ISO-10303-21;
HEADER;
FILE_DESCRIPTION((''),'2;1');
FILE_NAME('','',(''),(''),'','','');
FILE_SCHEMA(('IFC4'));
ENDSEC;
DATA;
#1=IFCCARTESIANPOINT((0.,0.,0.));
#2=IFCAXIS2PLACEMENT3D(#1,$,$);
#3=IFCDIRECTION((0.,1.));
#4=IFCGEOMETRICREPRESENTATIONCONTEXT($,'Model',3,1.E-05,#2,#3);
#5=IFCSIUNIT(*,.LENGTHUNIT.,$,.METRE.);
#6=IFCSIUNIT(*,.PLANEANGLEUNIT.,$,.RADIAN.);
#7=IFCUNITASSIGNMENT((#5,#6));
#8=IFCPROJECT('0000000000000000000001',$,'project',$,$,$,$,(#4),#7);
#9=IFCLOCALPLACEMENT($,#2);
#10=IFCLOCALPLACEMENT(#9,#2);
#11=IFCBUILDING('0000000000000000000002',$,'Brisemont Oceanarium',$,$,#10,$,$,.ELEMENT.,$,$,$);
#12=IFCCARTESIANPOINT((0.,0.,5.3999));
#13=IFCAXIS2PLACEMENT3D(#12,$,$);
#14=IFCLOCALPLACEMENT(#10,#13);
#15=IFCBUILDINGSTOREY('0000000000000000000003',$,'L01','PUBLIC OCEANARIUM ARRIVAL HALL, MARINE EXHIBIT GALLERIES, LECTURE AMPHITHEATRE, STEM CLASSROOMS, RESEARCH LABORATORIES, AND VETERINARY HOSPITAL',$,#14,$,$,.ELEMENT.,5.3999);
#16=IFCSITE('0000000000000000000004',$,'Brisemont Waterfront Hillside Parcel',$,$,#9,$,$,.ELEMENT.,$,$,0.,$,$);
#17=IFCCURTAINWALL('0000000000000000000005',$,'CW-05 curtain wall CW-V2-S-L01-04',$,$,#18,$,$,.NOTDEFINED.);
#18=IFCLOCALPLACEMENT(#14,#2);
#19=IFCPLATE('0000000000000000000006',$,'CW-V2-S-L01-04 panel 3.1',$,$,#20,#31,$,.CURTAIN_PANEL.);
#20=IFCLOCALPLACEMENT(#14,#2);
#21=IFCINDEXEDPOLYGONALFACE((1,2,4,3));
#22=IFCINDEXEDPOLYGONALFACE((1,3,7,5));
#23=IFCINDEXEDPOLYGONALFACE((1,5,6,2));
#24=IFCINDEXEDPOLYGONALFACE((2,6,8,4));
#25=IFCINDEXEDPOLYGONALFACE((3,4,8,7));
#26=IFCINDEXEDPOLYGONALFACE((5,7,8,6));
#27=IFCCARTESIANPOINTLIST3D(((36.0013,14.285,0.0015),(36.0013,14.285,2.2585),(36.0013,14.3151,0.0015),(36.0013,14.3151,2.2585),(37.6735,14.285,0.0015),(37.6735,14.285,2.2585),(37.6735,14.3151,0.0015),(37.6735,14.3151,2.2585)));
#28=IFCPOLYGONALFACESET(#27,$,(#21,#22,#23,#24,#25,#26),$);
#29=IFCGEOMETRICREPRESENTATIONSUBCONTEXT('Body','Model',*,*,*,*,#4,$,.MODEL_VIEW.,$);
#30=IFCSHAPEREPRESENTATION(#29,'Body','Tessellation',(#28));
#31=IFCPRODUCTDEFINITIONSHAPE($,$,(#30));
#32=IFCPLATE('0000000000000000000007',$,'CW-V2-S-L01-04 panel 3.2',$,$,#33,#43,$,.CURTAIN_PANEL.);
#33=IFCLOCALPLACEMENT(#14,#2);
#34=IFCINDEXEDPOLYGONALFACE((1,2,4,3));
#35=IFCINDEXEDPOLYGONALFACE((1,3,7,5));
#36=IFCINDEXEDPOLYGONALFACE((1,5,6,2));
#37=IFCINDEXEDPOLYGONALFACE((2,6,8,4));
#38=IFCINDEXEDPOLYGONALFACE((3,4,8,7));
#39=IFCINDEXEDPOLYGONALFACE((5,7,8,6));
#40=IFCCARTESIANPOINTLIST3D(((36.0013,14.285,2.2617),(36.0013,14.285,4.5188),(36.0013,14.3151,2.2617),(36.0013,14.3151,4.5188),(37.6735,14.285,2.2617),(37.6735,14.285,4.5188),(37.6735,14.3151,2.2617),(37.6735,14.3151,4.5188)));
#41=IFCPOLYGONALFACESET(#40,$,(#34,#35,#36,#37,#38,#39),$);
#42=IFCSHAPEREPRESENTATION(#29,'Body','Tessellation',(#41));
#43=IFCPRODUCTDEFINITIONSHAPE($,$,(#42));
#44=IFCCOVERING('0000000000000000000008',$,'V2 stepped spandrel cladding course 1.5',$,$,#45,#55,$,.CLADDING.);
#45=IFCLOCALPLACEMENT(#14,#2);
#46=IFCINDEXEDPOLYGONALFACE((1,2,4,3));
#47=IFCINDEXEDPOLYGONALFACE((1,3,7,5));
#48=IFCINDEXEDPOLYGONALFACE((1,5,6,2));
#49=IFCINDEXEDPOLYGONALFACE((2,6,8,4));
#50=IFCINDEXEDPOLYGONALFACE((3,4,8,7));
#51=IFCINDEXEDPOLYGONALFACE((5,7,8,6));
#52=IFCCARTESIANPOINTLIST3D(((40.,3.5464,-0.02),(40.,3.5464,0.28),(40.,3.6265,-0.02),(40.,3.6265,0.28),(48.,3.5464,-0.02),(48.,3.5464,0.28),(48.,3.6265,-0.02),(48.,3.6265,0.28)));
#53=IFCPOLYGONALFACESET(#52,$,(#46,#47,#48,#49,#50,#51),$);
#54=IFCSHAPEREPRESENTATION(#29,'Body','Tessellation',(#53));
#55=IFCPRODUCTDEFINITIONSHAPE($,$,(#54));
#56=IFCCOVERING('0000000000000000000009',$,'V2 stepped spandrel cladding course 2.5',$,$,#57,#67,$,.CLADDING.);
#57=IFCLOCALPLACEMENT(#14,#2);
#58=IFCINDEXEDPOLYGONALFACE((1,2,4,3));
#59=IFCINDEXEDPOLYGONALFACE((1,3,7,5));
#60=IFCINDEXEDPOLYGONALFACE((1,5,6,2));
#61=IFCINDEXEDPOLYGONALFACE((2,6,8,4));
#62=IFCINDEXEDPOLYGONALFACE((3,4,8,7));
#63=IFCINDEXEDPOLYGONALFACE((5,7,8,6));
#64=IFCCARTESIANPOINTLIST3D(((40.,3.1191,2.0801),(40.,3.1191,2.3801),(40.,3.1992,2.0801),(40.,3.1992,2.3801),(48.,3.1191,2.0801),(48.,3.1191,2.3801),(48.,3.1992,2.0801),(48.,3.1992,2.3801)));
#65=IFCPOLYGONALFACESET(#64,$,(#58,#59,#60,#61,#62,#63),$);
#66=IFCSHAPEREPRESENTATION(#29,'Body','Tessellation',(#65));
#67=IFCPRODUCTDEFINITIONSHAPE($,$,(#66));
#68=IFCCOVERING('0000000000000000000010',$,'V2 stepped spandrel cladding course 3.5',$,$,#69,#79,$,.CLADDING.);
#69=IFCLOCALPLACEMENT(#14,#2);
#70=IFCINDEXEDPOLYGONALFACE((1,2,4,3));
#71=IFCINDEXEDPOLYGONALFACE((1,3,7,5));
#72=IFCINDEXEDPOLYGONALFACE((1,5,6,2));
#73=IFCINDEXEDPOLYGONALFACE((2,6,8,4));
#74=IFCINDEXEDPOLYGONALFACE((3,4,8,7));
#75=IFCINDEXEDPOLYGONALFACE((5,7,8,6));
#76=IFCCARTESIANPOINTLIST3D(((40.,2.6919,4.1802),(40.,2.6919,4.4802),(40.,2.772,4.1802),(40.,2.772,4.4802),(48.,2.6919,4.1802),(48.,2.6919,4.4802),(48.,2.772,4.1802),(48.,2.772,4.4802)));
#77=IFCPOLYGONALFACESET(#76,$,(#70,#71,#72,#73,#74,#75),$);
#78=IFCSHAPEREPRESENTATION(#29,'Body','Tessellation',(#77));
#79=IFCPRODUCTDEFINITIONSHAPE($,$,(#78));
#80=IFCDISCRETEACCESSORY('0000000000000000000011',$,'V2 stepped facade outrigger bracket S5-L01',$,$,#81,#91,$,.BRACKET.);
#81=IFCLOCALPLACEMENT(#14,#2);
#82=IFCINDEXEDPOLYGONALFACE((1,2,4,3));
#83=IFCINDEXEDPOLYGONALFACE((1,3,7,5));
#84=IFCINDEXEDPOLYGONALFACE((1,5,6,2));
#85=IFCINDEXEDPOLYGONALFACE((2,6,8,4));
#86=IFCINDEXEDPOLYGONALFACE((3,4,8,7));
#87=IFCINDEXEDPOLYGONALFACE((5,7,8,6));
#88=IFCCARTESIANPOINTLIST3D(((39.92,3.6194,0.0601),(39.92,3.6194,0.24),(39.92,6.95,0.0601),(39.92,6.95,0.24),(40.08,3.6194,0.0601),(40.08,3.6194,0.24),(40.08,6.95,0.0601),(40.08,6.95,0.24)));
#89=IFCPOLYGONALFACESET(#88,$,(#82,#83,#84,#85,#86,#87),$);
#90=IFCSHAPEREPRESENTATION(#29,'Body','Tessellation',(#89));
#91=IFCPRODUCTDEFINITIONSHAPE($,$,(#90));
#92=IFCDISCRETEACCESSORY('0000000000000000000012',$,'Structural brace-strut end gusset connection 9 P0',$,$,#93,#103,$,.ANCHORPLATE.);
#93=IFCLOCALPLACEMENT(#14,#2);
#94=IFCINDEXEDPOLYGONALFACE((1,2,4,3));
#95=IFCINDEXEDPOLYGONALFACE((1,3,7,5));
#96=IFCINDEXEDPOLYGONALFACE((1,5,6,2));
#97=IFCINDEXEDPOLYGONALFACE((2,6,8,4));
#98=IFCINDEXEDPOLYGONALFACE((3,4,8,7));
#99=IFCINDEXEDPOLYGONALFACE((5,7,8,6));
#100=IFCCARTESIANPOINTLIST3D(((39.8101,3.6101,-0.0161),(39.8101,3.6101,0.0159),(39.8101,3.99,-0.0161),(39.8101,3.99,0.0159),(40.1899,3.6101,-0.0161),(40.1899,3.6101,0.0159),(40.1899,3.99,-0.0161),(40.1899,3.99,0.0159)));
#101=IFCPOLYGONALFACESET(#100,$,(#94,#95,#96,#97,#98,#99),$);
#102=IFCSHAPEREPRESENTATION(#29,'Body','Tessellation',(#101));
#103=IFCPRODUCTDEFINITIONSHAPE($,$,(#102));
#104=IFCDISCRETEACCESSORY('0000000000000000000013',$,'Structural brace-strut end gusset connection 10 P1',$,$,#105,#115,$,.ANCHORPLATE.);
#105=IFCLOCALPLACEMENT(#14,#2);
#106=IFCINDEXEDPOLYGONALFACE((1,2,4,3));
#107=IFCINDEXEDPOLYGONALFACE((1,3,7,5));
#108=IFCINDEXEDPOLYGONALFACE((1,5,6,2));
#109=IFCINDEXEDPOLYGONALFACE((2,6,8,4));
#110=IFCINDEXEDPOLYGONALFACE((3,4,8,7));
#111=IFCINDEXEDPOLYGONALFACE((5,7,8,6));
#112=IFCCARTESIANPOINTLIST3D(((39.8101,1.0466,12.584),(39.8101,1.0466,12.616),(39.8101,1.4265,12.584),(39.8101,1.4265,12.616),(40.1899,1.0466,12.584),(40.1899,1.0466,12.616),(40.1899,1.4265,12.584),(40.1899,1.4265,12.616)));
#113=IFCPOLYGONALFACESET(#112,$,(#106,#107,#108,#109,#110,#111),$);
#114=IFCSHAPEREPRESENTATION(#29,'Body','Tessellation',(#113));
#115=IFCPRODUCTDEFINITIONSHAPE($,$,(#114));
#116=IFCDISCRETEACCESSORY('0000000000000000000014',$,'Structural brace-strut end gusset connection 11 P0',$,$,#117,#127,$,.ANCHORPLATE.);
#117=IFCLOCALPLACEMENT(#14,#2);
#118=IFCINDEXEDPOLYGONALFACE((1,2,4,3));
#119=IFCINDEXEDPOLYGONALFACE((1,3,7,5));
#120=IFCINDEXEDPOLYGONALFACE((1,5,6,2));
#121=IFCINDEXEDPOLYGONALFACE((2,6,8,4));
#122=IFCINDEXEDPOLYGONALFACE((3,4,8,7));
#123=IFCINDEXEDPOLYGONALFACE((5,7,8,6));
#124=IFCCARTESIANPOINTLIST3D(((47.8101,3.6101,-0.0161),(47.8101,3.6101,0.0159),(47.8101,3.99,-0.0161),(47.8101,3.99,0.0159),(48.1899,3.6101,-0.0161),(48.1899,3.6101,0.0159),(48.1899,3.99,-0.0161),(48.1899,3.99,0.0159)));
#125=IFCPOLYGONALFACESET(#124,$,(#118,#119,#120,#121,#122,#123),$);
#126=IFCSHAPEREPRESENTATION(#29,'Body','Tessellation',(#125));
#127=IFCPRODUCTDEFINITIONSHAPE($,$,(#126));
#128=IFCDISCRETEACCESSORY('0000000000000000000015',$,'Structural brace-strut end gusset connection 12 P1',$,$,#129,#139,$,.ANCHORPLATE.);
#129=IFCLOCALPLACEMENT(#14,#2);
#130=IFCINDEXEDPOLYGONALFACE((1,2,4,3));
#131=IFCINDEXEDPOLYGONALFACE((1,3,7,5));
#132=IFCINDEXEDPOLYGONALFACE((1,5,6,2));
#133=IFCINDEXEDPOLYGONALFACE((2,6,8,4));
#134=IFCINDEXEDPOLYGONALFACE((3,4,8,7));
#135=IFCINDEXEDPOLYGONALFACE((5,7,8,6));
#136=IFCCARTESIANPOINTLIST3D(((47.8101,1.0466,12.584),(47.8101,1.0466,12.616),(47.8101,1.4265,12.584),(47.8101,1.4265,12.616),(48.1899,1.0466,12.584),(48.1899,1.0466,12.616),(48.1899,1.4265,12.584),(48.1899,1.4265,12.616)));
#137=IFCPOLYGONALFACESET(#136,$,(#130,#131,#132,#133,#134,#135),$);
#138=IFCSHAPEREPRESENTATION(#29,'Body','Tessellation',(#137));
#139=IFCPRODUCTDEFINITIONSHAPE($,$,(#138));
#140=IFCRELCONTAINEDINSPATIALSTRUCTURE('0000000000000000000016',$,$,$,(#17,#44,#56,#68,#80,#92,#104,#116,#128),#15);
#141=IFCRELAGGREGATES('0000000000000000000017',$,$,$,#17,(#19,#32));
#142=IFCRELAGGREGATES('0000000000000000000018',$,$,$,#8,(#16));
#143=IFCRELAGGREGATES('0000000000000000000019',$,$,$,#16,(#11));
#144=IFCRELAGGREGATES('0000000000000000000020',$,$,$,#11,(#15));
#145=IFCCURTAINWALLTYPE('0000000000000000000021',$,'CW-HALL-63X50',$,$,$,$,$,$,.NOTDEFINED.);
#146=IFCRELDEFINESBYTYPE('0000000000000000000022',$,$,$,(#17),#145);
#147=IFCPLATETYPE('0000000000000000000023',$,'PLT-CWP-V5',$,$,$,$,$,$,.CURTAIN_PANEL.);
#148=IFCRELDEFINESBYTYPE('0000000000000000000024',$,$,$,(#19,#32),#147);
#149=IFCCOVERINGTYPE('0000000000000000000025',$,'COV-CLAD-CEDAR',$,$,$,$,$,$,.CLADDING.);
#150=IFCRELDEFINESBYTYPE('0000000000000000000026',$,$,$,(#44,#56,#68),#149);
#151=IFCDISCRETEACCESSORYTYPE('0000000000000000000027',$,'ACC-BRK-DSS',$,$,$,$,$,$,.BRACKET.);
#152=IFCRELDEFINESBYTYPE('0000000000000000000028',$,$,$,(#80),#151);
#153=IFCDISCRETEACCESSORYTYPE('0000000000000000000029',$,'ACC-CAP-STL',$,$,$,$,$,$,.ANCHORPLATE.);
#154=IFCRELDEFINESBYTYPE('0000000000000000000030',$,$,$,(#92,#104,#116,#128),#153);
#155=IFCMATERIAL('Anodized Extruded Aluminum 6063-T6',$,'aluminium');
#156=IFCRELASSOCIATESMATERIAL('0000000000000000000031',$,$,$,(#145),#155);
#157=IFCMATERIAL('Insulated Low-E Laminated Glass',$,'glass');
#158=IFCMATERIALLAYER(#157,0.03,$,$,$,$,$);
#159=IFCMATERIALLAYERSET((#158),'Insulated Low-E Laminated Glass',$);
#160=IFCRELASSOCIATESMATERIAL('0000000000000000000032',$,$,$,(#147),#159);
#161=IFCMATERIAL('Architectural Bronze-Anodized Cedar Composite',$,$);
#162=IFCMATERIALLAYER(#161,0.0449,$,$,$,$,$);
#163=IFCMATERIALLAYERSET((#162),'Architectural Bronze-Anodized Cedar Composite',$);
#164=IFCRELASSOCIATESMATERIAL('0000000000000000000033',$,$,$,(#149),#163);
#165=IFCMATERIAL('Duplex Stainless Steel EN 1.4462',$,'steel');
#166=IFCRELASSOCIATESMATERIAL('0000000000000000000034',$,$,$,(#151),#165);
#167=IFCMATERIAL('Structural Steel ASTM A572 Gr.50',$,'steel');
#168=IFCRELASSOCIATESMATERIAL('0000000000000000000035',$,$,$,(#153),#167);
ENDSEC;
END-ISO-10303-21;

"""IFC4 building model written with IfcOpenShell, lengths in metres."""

from ifc_helpers import new_model, si_unit, direction, frame, origin, origin_2d, place, context, subcontext, project, spatial, rectangle, extrude, material, layer, layer_set, type_object, element, aggregate, save


model = new_model("IFC4")

# Units and contexts
model_context = context("Model", 3, precision=1e-05, world=origin(), true_north=direction((0.0, 1.0)))
body_context = subcontext(model_context, "Body", "Model", "MODEL_VIEW")
ifc_project = project(units=[si_unit("LENGTHUNIT", "METRE"), si_unit("PLANEANGLEUNIT", "RADIAN")], contexts=[model_context])

# Site, building, storey
site_placement = place(None, origin())
site = spatial("IfcSite", under=ifc_project, at=site_placement, Name="Brisemont Waterfront Hillside Parcel", CompositionType="ELEMENT", RefElevation=0.0)
building_placement = place(site_placement, origin())
building = spatial("IfcBuilding", under=site, at=building_placement, Name="Brisemont Oceanarium", CompositionType="ELEMENT")
storey_placement = place(building_placement, frame((0.0, 0.0, 5.3999)))
storey = spatial("IfcBuildingStorey", under=building, at=storey_placement, Name="L01", Description="PUBLIC OCEANARIUM ARRIVAL HALL, MARINE EXHIBIT GALLERIES, LECTURE AMPHITHEATRE, STEM CLASSROOMS, RESEARCH LABORATORIES, AND VETERINARY HOSPITAL", CompositionType="ELEMENT", Elevation=5.3999)

# Curtain wall
ifc_material_1 = material(Name="Anodized Extruded Aluminum 6063-T6", Category="aluminium")
curtain_wall_type = type_object("IfcCurtainWallType", Name="CW-HALL-63X50", PredefinedType="NOTDEFINED", material=ifc_material_1)
curtain_wall_placement = place(storey_placement, origin())
curtain_wall = element("IfcCurtainWall", 1, at=curtain_wall_placement, inside=storey, type_object=curtain_wall_type, Name="CW-05 curtain wall CW-V2-S-L01-04", PredefinedType="NOTDEFINED")

# Plates
ifc_material_2 = material(Name="Insulated Low-E Laminated Glass", Category="glass")
ifc_layer_1 = layer(ifc_material_2, 0.03)
ifc_layer_set_1 = layer_set([ifc_layer_1], Name="Insulated Low-E Laminated Glass")
plate_type = type_object("IfcPlateType", Name="PLT-CWP-V5", PredefinedType="CURTAIN_PANEL", material=ifc_layer_set_1)
plate_1_placement = place(storey_placement, frame((36.8374, 14.3, 0.0015), z_axis=(0.0, 0.0, 1.0), x_axis=(1.0, 0.0, 0.0)))
plate_1 = element("IfcPlate", 2, at=plate_1_placement, type_object=plate_type, Name="CW-V2-S-L01-04 panel 3.1", PredefinedType="CURTAIN_PANEL", context=body_context, shape_type="SweptSolid", body=[
    extrude(rectangle(XDim=1.6721, YDim=0.03, at=origin_2d()), origin(), (0.0, 0.0, 1.0), 2.2571),
])
plate_2_placement = place(storey_placement, frame((36.8374, 14.3, 2.2617), z_axis=(0.0, 0.0, 1.0), x_axis=(1.0, 0.0, 0.0)))
plate_2 = element("IfcPlate", 3, at=plate_2_placement, type_object=plate_type, Name="CW-V2-S-L01-04 panel 3.2", PredefinedType="CURTAIN_PANEL", context=body_context, shape_type="SweptSolid", body=[
    extrude(rectangle(XDim=1.6721, YDim=0.03, at=origin_2d()), origin(), (0.0, 0.0, 1.0), 2.2571),
])
aggregate(curtain_wall, [plate_1, plate_2])

# Coverings
ifc_material_3 = material(Name="Architectural Bronze-Anodized Cedar Composite")
ifc_layer_2 = layer(ifc_material_3, 0.0449)
ifc_layer_set_2 = layer_set([ifc_layer_2], Name="Architectural Bronze-Anodized Cedar Composite")
covering_type = type_object("IfcCoveringType", Name="COV-CLAD-CEDAR", PredefinedType="CLADDING", material=ifc_layer_set_2)
for number, where, z_axis, x_axis, name in (
    (4, (44.0, 3.5864, -0.02), (0.0, 0.0, 1.0), (1.0, 0.0, 0.0), "V2 stepped spandrel cladding course 1.5"),
    (5, (44.0, 3.1592, 2.0801), (0.0, 0.0, 1.0), (1.0, 0.0, 0.0), "V2 stepped spandrel cladding course 2.5"),
    (6, (44.0, 2.7319, 4.1802), (0.0, 0.0, 1.0), (1.0, 0.0, 0.0), "V2 stepped spandrel cladding course 3.5"),
):
    element("IfcCovering", number, at=place(storey_placement, frame(where, z_axis=z_axis, x_axis=x_axis)), inside=storey, type_object=covering_type, Name=name, PredefinedType="CLADDING", context=body_context, shape_type="SweptSolid", body=[
        extrude(rectangle(XDim=8.0, YDim=0.0801, at=origin_2d()), origin(), (0.0, 0.0, 1.0), 0.3),
    ])

# Discrete accessories
ifc_material_4 = material(Name="Duplex Stainless Steel EN 1.4462", Category="steel")
discrete_accessory_type_1 = type_object("IfcDiscreteAccessoryType", Name="ACC-BRK-DSS", PredefinedType="BRACKET", material=ifc_material_4)
discrete_accessory_placement = place(storey_placement, frame((40.0, 5.2847, 0.0601), z_axis=(0.0, 0.0, 1.0), x_axis=(1.0, 0.0, 0.0)))
element("IfcDiscreteAccessory", 7, at=discrete_accessory_placement, inside=storey, type_object=discrete_accessory_type_1, Name="V2 stepped facade outrigger bracket S5-L01", PredefinedType="BRACKET", context=body_context, shape_type="SweptSolid", body=[
    extrude(rectangle(XDim=0.1599, YDim=3.3306, at=origin_2d()), origin(), (0.0, 0.0, 1.0), 0.1799),
])
ifc_material_5 = material(Name="Structural Steel ASTM A572 Gr.50", Category="steel")
discrete_accessory_type_2 = type_object("IfcDiscreteAccessoryType", Name="ACC-CAP-STL", PredefinedType="ANCHORPLATE", material=ifc_material_5)
for number, where, z_axis, x_axis, name in (
    (8, (40.0, 3.8, -0.0161), (0.0, 0.0, 1.0), (1.0, 0.0, 0.0), "Structural brace-strut end gusset connection 9 P0"),
    (9, (40.0, 1.2366, 12.584), (0.0, 0.0, 1.0), (1.0, 0.0, 0.0), "Structural brace-strut end gusset connection 10 P1"),
    (10, (48.0, 3.8, -0.0161), (0.0, 0.0, 1.0), (1.0, 0.0, 0.0), "Structural brace-strut end gusset connection 11 P0"),
    (11, (48.0, 1.2366, 12.584), (0.0, 0.0, 1.0), (1.0, 0.0, 0.0), "Structural brace-strut end gusset connection 12 P1"),
):
    element("IfcDiscreteAccessory", number, at=place(storey_placement, frame(where, z_axis=z_axis, x_axis=x_axis)), inside=storey, type_object=discrete_accessory_type_2, Name=name, PredefinedType="ANCHORPLATE", context=body_context, shape_type="SweptSolid", body=[
        extrude(rectangle(XDim=0.3799, YDim=0.3799, at=origin_2d()), origin(), (0.0, 0.0, 1.0), 0.032),
    ])

save(model, "model.ifc")
